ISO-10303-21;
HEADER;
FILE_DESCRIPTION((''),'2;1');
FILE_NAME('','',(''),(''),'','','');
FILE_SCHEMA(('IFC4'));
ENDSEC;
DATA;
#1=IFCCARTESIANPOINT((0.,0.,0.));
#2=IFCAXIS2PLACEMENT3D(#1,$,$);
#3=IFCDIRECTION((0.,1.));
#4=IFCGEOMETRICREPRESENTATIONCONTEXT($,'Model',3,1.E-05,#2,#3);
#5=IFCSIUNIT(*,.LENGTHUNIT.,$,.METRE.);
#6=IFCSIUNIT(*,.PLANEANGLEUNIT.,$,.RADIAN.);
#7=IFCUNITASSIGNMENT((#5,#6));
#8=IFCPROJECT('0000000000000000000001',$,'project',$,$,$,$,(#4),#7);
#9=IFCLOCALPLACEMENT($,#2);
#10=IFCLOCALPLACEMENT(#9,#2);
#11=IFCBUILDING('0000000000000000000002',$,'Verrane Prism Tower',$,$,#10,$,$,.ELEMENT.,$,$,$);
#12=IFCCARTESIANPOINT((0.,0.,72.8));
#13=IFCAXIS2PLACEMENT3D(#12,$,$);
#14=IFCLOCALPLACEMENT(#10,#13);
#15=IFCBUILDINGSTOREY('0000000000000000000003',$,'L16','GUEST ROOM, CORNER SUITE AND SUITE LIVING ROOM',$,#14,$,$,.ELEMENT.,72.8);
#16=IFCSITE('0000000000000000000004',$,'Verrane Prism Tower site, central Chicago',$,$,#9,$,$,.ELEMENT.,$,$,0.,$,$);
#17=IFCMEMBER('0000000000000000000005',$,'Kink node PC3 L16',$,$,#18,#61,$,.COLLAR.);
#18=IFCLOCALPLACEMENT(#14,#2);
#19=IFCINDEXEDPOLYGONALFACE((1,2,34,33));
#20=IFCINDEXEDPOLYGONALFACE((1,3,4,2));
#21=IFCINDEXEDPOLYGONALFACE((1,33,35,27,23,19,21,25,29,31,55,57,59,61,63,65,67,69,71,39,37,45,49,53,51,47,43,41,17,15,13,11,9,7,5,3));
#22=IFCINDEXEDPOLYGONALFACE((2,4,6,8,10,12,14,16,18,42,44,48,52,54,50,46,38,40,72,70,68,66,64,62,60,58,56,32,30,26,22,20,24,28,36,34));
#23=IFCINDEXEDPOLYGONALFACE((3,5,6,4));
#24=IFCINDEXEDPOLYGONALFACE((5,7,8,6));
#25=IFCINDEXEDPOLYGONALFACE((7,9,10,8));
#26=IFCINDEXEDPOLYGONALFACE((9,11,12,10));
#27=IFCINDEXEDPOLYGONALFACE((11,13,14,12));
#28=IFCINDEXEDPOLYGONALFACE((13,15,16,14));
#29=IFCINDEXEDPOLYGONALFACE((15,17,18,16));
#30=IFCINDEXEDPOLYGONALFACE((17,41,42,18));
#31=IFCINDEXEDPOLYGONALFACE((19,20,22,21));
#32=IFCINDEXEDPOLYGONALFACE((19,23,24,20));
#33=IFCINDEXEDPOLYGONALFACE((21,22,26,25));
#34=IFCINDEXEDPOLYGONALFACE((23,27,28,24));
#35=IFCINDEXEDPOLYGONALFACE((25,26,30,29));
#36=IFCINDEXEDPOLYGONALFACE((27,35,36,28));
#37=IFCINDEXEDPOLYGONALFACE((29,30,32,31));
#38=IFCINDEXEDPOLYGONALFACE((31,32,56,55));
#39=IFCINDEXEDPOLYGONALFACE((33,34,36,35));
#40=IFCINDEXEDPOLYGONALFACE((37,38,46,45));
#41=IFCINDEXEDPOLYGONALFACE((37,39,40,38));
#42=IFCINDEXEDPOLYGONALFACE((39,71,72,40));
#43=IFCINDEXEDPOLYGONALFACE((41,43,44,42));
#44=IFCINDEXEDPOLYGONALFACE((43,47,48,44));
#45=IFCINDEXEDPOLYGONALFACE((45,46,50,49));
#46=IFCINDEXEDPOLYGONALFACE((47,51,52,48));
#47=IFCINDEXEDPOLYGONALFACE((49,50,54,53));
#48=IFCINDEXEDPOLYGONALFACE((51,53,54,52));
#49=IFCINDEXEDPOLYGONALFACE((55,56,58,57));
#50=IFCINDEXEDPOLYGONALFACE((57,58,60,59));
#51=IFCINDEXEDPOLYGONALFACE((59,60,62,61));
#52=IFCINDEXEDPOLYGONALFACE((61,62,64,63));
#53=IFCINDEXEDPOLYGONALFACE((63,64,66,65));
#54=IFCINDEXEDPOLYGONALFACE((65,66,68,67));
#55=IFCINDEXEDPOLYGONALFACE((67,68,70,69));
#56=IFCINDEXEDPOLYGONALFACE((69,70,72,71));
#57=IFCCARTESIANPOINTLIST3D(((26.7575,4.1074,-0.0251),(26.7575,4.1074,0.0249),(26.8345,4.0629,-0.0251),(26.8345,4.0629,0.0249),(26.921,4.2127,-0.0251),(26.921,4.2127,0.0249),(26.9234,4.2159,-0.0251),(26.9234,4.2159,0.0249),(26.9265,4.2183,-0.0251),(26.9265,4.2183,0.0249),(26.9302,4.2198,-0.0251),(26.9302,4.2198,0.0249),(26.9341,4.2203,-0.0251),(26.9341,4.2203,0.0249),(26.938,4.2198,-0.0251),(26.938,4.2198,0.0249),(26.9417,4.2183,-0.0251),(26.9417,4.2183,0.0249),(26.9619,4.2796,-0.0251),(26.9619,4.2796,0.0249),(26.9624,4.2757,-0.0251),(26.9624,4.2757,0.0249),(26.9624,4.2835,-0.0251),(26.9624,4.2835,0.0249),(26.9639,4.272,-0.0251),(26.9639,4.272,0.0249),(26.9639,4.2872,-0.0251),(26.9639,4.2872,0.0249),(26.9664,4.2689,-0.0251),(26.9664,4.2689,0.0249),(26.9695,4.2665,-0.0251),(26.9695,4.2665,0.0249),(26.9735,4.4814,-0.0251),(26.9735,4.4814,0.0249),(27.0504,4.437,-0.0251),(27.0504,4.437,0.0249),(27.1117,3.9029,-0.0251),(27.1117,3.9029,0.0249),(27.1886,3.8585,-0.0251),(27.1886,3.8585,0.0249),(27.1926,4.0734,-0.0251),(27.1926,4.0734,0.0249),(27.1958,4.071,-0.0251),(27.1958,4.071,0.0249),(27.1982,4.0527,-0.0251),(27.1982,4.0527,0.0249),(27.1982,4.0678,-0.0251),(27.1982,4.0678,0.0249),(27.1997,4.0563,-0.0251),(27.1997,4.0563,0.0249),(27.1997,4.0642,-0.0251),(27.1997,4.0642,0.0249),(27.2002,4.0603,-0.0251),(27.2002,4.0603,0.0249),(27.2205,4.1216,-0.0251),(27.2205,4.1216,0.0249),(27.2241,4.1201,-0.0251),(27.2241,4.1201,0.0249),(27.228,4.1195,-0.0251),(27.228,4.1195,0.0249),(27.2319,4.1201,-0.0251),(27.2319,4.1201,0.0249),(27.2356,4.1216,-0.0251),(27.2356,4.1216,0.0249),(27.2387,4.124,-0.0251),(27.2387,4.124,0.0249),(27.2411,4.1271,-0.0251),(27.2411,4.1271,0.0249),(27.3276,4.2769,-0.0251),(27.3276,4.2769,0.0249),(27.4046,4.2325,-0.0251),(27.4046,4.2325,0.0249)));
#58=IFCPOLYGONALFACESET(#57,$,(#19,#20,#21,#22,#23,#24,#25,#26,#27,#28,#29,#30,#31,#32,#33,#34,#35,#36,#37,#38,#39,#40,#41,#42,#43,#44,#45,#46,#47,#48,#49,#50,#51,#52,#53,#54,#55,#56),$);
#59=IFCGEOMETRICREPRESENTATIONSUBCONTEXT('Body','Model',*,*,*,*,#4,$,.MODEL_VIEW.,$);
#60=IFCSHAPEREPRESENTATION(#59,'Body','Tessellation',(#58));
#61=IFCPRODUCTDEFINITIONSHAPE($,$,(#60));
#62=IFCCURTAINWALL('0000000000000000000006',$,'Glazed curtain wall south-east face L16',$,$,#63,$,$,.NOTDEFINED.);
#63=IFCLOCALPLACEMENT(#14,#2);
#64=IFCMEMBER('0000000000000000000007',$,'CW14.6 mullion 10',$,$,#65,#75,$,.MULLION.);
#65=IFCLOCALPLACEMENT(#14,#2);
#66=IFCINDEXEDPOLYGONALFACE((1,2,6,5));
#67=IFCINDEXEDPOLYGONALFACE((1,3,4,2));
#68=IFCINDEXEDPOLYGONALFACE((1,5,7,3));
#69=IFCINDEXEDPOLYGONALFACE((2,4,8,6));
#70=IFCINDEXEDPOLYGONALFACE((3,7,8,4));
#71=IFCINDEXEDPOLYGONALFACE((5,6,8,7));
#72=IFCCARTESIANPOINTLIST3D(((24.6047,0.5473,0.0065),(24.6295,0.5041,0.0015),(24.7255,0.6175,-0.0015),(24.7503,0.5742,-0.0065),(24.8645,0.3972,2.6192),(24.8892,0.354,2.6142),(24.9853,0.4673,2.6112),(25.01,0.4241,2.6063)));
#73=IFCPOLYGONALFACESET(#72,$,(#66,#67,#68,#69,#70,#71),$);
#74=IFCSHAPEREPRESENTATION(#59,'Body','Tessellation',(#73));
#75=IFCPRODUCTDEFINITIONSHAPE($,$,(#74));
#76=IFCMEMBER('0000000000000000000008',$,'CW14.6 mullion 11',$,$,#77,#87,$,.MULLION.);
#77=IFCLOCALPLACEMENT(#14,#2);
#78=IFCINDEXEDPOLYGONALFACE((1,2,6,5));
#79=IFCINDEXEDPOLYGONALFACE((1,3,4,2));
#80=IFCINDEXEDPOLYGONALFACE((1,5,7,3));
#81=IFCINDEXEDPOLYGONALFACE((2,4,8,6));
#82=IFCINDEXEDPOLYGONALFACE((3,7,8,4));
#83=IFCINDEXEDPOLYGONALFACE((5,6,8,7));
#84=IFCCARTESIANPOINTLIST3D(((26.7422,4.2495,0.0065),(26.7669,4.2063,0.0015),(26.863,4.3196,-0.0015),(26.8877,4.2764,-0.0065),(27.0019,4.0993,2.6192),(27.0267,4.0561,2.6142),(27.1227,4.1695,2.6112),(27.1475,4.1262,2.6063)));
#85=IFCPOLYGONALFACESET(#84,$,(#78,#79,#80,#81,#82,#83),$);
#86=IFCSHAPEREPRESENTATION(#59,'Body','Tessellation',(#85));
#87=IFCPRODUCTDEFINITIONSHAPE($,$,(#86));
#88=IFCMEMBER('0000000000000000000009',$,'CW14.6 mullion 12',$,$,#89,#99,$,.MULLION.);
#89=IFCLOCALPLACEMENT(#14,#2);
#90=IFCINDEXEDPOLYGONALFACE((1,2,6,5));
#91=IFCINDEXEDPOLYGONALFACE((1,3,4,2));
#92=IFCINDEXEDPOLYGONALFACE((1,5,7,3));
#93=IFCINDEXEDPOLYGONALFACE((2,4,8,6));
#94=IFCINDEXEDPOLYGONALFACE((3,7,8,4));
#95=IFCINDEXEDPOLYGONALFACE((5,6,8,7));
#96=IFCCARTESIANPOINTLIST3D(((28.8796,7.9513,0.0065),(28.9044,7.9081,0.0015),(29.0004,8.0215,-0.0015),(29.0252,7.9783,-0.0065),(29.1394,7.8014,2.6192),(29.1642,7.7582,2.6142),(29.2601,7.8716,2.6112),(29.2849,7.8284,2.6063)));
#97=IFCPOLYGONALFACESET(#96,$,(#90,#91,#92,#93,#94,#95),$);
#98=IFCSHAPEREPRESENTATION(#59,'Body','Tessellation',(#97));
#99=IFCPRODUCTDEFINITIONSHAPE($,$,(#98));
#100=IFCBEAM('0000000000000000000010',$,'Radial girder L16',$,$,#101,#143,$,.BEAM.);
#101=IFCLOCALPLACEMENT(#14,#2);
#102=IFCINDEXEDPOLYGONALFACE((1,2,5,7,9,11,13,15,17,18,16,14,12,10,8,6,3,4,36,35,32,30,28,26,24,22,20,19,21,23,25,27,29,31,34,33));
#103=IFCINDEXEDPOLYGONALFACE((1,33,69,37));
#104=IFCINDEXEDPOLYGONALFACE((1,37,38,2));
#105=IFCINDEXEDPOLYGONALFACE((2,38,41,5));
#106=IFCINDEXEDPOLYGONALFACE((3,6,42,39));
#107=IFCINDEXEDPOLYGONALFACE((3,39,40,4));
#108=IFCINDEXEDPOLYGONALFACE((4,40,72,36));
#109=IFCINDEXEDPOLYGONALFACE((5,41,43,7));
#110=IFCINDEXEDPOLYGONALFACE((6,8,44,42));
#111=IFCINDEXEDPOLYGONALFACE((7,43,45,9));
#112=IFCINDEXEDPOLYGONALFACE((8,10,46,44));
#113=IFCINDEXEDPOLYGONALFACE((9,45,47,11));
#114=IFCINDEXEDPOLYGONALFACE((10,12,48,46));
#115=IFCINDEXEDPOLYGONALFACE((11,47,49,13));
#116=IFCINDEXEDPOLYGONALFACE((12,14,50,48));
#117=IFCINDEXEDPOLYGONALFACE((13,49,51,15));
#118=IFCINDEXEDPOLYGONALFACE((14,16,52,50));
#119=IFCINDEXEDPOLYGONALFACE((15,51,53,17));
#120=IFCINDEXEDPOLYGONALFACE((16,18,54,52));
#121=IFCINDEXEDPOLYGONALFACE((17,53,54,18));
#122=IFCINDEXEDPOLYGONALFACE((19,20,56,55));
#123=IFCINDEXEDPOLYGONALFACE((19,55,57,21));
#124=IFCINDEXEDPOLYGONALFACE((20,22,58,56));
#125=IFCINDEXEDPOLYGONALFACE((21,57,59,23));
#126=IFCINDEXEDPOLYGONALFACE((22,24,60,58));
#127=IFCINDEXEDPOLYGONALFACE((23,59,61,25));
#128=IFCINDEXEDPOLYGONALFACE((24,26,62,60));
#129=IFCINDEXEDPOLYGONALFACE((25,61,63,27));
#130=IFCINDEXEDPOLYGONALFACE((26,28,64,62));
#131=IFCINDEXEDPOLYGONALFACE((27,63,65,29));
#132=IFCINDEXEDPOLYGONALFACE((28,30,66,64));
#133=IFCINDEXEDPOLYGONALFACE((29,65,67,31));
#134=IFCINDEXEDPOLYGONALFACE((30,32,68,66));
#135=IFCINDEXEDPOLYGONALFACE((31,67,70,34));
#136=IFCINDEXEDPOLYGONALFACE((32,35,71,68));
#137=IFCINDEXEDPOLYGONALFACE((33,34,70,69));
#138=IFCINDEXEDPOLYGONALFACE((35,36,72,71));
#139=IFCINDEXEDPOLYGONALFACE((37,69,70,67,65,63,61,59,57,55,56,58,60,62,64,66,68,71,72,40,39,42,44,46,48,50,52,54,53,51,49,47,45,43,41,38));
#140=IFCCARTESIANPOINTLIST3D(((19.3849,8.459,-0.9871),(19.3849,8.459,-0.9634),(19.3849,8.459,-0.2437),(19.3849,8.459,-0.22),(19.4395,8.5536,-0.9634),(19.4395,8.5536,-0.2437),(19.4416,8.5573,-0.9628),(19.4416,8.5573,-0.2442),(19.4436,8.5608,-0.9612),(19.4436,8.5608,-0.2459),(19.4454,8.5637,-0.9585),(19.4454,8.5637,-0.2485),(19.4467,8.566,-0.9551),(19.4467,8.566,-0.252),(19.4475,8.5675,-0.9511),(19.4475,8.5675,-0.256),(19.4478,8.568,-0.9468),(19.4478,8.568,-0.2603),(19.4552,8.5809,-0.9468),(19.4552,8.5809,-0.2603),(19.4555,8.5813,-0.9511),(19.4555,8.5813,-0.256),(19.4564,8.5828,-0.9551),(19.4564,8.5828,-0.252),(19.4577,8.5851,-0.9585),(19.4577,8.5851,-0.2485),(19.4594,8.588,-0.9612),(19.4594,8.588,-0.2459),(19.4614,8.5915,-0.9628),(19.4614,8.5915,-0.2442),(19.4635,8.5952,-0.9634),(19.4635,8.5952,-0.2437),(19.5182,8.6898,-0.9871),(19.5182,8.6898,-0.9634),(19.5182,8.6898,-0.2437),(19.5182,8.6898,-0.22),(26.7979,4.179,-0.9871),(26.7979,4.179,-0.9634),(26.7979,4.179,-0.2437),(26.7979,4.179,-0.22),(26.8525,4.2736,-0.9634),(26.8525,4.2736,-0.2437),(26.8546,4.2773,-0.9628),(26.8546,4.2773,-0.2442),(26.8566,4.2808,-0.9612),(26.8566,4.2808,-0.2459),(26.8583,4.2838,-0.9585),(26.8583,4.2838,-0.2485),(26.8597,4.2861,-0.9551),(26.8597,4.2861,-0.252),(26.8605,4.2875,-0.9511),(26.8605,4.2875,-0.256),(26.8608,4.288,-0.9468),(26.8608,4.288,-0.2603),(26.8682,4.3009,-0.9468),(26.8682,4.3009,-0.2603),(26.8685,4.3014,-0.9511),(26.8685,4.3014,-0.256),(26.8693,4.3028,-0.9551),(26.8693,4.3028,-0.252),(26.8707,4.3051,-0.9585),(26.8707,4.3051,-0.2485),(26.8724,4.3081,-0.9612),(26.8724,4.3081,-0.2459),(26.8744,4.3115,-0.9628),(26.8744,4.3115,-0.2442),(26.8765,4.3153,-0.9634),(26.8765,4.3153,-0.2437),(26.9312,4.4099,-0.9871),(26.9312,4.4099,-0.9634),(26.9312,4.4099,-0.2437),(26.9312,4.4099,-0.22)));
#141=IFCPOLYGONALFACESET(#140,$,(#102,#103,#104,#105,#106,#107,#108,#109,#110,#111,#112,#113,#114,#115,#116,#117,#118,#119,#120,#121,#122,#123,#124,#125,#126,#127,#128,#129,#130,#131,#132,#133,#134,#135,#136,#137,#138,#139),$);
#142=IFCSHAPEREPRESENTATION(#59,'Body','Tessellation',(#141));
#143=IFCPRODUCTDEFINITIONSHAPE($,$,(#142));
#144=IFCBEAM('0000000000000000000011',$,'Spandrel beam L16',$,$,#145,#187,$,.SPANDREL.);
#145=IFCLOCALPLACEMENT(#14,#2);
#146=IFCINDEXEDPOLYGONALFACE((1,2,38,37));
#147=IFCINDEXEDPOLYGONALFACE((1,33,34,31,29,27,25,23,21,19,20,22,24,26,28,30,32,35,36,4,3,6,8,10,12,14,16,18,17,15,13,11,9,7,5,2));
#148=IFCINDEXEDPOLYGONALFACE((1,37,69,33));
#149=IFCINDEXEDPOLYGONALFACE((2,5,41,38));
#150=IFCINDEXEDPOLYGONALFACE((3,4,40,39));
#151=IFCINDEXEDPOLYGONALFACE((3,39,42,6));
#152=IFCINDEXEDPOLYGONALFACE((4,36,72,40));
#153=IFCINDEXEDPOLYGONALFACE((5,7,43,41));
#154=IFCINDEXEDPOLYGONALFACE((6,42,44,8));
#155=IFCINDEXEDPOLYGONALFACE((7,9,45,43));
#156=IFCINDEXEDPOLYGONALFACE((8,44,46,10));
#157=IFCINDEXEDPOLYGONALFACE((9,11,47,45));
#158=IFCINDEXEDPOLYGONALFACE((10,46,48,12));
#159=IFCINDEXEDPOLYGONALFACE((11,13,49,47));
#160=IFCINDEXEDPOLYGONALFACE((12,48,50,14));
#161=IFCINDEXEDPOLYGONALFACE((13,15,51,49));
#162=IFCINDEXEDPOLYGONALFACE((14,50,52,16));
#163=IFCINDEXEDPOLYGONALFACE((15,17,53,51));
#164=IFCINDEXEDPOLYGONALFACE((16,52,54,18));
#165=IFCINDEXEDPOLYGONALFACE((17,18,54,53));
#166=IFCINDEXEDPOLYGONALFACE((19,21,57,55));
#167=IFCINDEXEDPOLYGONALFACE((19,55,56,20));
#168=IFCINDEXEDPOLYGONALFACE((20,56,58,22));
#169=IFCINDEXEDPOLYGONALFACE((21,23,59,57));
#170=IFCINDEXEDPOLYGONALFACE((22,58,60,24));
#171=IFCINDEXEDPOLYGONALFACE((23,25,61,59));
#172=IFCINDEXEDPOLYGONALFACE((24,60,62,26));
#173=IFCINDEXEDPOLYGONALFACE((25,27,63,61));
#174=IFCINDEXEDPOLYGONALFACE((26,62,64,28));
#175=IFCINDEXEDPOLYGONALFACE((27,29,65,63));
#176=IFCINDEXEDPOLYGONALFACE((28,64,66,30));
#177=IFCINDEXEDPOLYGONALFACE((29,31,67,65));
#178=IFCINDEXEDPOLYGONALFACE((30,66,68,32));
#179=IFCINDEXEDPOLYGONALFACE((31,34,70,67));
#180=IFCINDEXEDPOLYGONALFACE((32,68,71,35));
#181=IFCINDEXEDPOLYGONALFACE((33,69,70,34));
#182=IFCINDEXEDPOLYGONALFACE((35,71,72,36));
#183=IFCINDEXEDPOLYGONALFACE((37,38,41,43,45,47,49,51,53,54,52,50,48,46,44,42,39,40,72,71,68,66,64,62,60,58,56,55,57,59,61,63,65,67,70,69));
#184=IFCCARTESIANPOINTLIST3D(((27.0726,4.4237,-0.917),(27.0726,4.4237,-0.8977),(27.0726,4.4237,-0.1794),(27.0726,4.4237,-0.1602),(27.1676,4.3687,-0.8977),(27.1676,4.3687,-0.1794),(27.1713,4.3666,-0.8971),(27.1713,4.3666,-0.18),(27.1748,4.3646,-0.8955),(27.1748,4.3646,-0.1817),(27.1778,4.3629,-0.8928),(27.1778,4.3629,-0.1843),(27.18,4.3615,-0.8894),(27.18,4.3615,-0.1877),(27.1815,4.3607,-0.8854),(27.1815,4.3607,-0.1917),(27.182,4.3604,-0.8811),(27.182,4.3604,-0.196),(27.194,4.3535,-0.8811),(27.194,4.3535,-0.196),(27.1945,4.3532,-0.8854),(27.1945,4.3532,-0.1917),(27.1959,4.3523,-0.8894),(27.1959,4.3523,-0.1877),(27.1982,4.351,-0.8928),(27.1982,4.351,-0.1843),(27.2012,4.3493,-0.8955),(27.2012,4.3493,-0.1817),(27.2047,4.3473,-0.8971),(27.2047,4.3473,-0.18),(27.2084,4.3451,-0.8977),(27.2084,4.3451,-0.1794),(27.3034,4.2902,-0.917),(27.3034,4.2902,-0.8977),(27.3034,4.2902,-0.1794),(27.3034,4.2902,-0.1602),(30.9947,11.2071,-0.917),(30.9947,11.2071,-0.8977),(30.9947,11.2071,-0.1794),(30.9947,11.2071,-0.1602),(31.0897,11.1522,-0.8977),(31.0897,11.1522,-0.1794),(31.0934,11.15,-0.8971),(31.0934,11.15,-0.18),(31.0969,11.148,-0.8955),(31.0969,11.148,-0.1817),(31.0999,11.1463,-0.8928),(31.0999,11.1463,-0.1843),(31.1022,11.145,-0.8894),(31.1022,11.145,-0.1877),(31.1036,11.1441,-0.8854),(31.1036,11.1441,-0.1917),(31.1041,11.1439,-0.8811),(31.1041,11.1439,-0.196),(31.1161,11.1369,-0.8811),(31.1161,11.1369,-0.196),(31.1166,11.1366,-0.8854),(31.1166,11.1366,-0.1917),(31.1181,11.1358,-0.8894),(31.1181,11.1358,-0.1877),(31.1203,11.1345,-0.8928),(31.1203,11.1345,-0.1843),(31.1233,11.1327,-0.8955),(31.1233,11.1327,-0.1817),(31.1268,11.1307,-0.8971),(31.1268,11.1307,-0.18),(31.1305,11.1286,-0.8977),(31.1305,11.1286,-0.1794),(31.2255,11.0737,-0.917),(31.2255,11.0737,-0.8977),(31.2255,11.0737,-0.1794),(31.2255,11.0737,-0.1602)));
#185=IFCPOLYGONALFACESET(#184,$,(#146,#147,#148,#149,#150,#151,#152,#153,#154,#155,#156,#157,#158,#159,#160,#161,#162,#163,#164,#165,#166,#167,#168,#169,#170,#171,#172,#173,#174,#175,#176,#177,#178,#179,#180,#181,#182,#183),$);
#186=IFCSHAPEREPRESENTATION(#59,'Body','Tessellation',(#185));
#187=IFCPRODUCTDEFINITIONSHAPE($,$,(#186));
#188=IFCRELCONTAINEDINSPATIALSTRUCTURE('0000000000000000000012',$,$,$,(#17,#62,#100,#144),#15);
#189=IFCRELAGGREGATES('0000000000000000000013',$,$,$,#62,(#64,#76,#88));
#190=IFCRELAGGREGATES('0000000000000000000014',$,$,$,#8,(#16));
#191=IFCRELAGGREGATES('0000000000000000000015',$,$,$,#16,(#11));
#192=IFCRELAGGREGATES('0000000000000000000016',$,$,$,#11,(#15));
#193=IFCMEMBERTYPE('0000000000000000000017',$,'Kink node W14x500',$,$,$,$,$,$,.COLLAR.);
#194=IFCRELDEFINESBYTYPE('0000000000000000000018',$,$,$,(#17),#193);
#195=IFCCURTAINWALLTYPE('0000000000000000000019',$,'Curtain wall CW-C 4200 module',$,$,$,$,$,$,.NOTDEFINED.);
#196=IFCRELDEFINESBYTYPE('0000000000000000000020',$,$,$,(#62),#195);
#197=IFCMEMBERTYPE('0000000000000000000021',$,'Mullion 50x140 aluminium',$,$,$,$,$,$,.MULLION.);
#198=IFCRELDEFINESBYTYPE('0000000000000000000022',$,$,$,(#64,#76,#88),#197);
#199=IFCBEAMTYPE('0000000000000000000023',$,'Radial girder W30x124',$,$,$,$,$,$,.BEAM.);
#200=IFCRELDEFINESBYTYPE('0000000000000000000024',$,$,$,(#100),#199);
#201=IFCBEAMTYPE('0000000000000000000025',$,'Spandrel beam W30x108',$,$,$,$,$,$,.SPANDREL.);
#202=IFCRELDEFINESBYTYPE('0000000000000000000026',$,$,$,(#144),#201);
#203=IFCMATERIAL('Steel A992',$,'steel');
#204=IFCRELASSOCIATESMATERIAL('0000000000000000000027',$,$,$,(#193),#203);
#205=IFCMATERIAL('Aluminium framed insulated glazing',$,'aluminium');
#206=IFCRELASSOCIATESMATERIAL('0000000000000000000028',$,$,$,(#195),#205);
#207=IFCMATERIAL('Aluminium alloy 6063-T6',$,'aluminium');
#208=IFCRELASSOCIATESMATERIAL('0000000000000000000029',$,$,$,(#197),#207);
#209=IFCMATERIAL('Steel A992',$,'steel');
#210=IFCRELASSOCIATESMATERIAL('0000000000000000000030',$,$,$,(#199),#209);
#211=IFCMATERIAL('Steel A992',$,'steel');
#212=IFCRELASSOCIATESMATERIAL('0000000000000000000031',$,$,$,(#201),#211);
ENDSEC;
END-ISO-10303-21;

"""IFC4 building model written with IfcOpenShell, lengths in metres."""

from ifc_helpers import new_model, si_unit, direction, frame, origin, origin_2d, place, context, subcontext, project, spatial, rectangle, i_section, extrude, material, material_profile, profile_set, type_object, element, aggregate, save


model = new_model("IFC4")

# Units and contexts
model_context = context("Model", 3, precision=1e-05, world=origin(), true_north=direction((0.0, 1.0)))
body_context = subcontext(model_context, "Body", "Model", "MODEL_VIEW")
ifc_project = project(units=[si_unit("LENGTHUNIT", "METRE"), si_unit("PLANEANGLEUNIT", "RADIAN")], contexts=[model_context])

# Site, building, storey
site_placement = place(None, origin())
site = spatial("IfcSite", under=ifc_project, at=site_placement, Name="Verrane Prism Tower site, central Chicago", CompositionType="ELEMENT", RefElevation=0.0)
building_placement = place(site_placement, origin())
building = spatial("IfcBuilding", under=site, at=building_placement, Name="Verrane Prism Tower", CompositionType="ELEMENT")
storey_placement = place(building_placement, frame((0.0, 0.0, 72.8)))
storey = spatial("IfcBuildingStorey", under=building, at=storey_placement, Name="L16", Description="GUEST ROOM, CORNER SUITE AND SUITE LIVING ROOM", CompositionType="ELEMENT", Elevation=72.8)

# Member
ifc_material_1 = material(Name="Steel A992", Category="steel")
ifc_material_profile_1 = material_profile(ifc_material_1, i_section(OverallWidth=0.4319, OverallDepth=0.4978, WebThickness=0.0557, FlangeThickness=0.0889, FilletRadius=0.0151, at=origin_2d()), Name="W14x500")
ifc_profile_set_1 = profile_set([ifc_material_profile_1], Name="Steel A992")
member_type_1 = type_object("IfcMemberType", Name="Kink node W14x500", PredefinedType="COLLAR", material=ifc_profile_set_1)
member_1_placement = place(storey_placement, frame((27.0811, 4.1699, -0.0251), z_axis=(0.0, 0.0, 1.0), x_axis=(-0.5, -0.866025, 0.0)))
element("IfcMember", 1, at=member_1_placement, inside=storey, type_object=member_type_1, Name="Kink node PC3 L16", PredefinedType="COLLAR", context=body_context, shape_type="SweptSolid", body=[
    extrude(i_section(OverallWidth=0.4319, OverallDepth=0.4978, WebThickness=0.0557, FlangeThickness=0.0889, FilletRadius=0.0151, at=origin_2d()), origin(), (0.0, 0.0, 1.0), 0.05),
])

# Curtain wall, members
ifc_material_2 = material(Name="Aluminium framed insulated glazing", Category="aluminium")
curtain_wall_type = type_object("IfcCurtainWallType", Name="Curtain wall CW-C 4200 module", PredefinedType="NOTDEFINED", material=ifc_material_2)
curtain_wall_placement = place(storey_placement, origin())
curtain_wall = element("IfcCurtainWall", 2, at=curtain_wall_placement, inside=storey, type_object=curtain_wall_type, Name="Glazed curtain wall south-east face L16", PredefinedType="NOTDEFINED")
ifc_material_3 = material(Name="Aluminium alloy 6063-T6", Category="aluminium")
ifc_material_profile_2 = material_profile(ifc_material_3, rectangle(XDim=0.1399, YDim=0.05, at=origin_2d()), Name="Mullion 50x140 aluminium")
ifc_profile_set_2 = profile_set([ifc_material_profile_2], Name="Aluminium alloy 6063-T6")
member_type_2 = type_object("IfcMemberType", Name="Mullion 50x140 aluminium", PredefinedType="MULLION", material=ifc_profile_set_2)
member_2_placement = place(storey_placement, frame((24.6775, 0.5608, 0.0), z_axis=(0.098772, -0.057091, 0.993471), x_axis=(-0.863446, -0.501207, 0.057042)))
member_2 = element("IfcMember", 3, at=member_2_placement, type_object=member_type_2, Name="CW14.6 mullion 10", PredefinedType="MULLION", context=body_context, shape_type="SweptSolid", body=[
    extrude(rectangle(XDim=0.1399, YDim=0.05, at=origin_2d()), origin(), (0.0, 0.0, 1.0), 2.6299),
])
member_3_placement = place(storey_placement, frame((26.8149, 4.2629, 0.0), z_axis=(0.098772, -0.057091, 0.993471), x_axis=(-0.863446, -0.501207, 0.057042)))
member_3 = element("IfcMember", 4, at=member_3_placement, type_object=member_type_2, Name="CW14.6 mullion 11", PredefinedType="MULLION", context=body_context, shape_type="SweptSolid", body=[
    extrude(rectangle(XDim=0.1399, YDim=0.05, at=origin_2d()), origin(), (0.0, 0.0, 1.0), 2.6299),
])
member_4_placement = place(storey_placement, frame((28.9524, 7.9648, 0.0), z_axis=(0.098772, -0.056998, 0.993476), x_axis=(-0.863094, -0.501814, 0.057019)))
member_4 = element("IfcMember", 5, at=member_4_placement, type_object=member_type_2, Name="CW14.6 mullion 12", PredefinedType="MULLION", context=body_context, shape_type="SweptSolid", body=[
    extrude(rectangle(XDim=0.1399, YDim=0.05, at=origin_2d()), origin(), (0.0, 0.0, 1.0), 2.6299),
])

# Beams
ifc_material_4 = material(Name="Steel A992", Category="steel")
ifc_material_profile_3 = material_profile(ifc_material_4, i_section(OverallWidth=0.2666, OverallDepth=0.7671, WebThickness=0.0149, FlangeThickness=0.0237, FilletRadius=0.0166, at=origin_2d()), Name="W30x124")
ifc_profile_set_3 = profile_set([ifc_material_profile_3], Name="Steel A992")
beam_type_1 = type_object("IfcBeamType", Name="Radial girder W30x124", PredefinedType="BEAM", material=ifc_profile_set_3)
beam_1_placement = place(storey_placement, frame((26.8645, 4.2944, -0.6035), z_axis=(-0.866021, 0.500007, 0.0), x_axis=(-0.500007, -0.866021, 0.0)))
element("IfcBeam", 6, at=beam_1_placement, inside=storey, type_object=beam_type_1, Name="Radial girder L16", PredefinedType="BEAM", context=body_context, shape_type="SweptSolid", body=[
    extrude(i_section(OverallWidth=0.2666, OverallDepth=0.7671, WebThickness=0.0149, FlangeThickness=0.0237, FilletRadius=0.0166, at=origin_2d()), origin(), (0.0, 0.0, 1.0), 8.5598),
])
ifc_material_5 = material(Name="Steel A992", Category="steel")
ifc_material_profile_4 = material_profile(ifc_material_5, i_section(OverallWidth=0.2666, OverallDepth=0.7568, WebThickness=0.0139, FlangeThickness=0.0193, FilletRadius=0.0166, at=origin_2d()), Name="W30x108")
ifc_profile_set_4 = profile_set([ifc_material_profile_4], Name="Steel A992")
beam_type_2 = type_object("IfcBeamType", Name="Spandrel beam W30x108", PredefinedType="SPANDREL", material=ifc_profile_set_4)
beam_2_placement = place(storey_placement, frame((27.188, 4.3569, -0.5386), z_axis=(0.500545, 0.865711, 0.0), x_axis=(-0.865711, 0.500545, 0.0)))
element("IfcBeam", 7, at=beam_2_placement, inside=storey, type_object=beam_type_2, Name="Spandrel beam L16", PredefinedType="SPANDREL", context=body_context, shape_type="SweptSolid", body=[
    extrude(i_section(OverallWidth=0.2666, OverallDepth=0.7568, WebThickness=0.0139, FlangeThickness=0.0193, FilletRadius=0.0166, at=origin_2d()), origin(), (0.0, 0.0, 1.0), 7.8357),
])

aggregate(curtain_wall, [member_2, member_3, member_4])

save(model, "model.ifc")
